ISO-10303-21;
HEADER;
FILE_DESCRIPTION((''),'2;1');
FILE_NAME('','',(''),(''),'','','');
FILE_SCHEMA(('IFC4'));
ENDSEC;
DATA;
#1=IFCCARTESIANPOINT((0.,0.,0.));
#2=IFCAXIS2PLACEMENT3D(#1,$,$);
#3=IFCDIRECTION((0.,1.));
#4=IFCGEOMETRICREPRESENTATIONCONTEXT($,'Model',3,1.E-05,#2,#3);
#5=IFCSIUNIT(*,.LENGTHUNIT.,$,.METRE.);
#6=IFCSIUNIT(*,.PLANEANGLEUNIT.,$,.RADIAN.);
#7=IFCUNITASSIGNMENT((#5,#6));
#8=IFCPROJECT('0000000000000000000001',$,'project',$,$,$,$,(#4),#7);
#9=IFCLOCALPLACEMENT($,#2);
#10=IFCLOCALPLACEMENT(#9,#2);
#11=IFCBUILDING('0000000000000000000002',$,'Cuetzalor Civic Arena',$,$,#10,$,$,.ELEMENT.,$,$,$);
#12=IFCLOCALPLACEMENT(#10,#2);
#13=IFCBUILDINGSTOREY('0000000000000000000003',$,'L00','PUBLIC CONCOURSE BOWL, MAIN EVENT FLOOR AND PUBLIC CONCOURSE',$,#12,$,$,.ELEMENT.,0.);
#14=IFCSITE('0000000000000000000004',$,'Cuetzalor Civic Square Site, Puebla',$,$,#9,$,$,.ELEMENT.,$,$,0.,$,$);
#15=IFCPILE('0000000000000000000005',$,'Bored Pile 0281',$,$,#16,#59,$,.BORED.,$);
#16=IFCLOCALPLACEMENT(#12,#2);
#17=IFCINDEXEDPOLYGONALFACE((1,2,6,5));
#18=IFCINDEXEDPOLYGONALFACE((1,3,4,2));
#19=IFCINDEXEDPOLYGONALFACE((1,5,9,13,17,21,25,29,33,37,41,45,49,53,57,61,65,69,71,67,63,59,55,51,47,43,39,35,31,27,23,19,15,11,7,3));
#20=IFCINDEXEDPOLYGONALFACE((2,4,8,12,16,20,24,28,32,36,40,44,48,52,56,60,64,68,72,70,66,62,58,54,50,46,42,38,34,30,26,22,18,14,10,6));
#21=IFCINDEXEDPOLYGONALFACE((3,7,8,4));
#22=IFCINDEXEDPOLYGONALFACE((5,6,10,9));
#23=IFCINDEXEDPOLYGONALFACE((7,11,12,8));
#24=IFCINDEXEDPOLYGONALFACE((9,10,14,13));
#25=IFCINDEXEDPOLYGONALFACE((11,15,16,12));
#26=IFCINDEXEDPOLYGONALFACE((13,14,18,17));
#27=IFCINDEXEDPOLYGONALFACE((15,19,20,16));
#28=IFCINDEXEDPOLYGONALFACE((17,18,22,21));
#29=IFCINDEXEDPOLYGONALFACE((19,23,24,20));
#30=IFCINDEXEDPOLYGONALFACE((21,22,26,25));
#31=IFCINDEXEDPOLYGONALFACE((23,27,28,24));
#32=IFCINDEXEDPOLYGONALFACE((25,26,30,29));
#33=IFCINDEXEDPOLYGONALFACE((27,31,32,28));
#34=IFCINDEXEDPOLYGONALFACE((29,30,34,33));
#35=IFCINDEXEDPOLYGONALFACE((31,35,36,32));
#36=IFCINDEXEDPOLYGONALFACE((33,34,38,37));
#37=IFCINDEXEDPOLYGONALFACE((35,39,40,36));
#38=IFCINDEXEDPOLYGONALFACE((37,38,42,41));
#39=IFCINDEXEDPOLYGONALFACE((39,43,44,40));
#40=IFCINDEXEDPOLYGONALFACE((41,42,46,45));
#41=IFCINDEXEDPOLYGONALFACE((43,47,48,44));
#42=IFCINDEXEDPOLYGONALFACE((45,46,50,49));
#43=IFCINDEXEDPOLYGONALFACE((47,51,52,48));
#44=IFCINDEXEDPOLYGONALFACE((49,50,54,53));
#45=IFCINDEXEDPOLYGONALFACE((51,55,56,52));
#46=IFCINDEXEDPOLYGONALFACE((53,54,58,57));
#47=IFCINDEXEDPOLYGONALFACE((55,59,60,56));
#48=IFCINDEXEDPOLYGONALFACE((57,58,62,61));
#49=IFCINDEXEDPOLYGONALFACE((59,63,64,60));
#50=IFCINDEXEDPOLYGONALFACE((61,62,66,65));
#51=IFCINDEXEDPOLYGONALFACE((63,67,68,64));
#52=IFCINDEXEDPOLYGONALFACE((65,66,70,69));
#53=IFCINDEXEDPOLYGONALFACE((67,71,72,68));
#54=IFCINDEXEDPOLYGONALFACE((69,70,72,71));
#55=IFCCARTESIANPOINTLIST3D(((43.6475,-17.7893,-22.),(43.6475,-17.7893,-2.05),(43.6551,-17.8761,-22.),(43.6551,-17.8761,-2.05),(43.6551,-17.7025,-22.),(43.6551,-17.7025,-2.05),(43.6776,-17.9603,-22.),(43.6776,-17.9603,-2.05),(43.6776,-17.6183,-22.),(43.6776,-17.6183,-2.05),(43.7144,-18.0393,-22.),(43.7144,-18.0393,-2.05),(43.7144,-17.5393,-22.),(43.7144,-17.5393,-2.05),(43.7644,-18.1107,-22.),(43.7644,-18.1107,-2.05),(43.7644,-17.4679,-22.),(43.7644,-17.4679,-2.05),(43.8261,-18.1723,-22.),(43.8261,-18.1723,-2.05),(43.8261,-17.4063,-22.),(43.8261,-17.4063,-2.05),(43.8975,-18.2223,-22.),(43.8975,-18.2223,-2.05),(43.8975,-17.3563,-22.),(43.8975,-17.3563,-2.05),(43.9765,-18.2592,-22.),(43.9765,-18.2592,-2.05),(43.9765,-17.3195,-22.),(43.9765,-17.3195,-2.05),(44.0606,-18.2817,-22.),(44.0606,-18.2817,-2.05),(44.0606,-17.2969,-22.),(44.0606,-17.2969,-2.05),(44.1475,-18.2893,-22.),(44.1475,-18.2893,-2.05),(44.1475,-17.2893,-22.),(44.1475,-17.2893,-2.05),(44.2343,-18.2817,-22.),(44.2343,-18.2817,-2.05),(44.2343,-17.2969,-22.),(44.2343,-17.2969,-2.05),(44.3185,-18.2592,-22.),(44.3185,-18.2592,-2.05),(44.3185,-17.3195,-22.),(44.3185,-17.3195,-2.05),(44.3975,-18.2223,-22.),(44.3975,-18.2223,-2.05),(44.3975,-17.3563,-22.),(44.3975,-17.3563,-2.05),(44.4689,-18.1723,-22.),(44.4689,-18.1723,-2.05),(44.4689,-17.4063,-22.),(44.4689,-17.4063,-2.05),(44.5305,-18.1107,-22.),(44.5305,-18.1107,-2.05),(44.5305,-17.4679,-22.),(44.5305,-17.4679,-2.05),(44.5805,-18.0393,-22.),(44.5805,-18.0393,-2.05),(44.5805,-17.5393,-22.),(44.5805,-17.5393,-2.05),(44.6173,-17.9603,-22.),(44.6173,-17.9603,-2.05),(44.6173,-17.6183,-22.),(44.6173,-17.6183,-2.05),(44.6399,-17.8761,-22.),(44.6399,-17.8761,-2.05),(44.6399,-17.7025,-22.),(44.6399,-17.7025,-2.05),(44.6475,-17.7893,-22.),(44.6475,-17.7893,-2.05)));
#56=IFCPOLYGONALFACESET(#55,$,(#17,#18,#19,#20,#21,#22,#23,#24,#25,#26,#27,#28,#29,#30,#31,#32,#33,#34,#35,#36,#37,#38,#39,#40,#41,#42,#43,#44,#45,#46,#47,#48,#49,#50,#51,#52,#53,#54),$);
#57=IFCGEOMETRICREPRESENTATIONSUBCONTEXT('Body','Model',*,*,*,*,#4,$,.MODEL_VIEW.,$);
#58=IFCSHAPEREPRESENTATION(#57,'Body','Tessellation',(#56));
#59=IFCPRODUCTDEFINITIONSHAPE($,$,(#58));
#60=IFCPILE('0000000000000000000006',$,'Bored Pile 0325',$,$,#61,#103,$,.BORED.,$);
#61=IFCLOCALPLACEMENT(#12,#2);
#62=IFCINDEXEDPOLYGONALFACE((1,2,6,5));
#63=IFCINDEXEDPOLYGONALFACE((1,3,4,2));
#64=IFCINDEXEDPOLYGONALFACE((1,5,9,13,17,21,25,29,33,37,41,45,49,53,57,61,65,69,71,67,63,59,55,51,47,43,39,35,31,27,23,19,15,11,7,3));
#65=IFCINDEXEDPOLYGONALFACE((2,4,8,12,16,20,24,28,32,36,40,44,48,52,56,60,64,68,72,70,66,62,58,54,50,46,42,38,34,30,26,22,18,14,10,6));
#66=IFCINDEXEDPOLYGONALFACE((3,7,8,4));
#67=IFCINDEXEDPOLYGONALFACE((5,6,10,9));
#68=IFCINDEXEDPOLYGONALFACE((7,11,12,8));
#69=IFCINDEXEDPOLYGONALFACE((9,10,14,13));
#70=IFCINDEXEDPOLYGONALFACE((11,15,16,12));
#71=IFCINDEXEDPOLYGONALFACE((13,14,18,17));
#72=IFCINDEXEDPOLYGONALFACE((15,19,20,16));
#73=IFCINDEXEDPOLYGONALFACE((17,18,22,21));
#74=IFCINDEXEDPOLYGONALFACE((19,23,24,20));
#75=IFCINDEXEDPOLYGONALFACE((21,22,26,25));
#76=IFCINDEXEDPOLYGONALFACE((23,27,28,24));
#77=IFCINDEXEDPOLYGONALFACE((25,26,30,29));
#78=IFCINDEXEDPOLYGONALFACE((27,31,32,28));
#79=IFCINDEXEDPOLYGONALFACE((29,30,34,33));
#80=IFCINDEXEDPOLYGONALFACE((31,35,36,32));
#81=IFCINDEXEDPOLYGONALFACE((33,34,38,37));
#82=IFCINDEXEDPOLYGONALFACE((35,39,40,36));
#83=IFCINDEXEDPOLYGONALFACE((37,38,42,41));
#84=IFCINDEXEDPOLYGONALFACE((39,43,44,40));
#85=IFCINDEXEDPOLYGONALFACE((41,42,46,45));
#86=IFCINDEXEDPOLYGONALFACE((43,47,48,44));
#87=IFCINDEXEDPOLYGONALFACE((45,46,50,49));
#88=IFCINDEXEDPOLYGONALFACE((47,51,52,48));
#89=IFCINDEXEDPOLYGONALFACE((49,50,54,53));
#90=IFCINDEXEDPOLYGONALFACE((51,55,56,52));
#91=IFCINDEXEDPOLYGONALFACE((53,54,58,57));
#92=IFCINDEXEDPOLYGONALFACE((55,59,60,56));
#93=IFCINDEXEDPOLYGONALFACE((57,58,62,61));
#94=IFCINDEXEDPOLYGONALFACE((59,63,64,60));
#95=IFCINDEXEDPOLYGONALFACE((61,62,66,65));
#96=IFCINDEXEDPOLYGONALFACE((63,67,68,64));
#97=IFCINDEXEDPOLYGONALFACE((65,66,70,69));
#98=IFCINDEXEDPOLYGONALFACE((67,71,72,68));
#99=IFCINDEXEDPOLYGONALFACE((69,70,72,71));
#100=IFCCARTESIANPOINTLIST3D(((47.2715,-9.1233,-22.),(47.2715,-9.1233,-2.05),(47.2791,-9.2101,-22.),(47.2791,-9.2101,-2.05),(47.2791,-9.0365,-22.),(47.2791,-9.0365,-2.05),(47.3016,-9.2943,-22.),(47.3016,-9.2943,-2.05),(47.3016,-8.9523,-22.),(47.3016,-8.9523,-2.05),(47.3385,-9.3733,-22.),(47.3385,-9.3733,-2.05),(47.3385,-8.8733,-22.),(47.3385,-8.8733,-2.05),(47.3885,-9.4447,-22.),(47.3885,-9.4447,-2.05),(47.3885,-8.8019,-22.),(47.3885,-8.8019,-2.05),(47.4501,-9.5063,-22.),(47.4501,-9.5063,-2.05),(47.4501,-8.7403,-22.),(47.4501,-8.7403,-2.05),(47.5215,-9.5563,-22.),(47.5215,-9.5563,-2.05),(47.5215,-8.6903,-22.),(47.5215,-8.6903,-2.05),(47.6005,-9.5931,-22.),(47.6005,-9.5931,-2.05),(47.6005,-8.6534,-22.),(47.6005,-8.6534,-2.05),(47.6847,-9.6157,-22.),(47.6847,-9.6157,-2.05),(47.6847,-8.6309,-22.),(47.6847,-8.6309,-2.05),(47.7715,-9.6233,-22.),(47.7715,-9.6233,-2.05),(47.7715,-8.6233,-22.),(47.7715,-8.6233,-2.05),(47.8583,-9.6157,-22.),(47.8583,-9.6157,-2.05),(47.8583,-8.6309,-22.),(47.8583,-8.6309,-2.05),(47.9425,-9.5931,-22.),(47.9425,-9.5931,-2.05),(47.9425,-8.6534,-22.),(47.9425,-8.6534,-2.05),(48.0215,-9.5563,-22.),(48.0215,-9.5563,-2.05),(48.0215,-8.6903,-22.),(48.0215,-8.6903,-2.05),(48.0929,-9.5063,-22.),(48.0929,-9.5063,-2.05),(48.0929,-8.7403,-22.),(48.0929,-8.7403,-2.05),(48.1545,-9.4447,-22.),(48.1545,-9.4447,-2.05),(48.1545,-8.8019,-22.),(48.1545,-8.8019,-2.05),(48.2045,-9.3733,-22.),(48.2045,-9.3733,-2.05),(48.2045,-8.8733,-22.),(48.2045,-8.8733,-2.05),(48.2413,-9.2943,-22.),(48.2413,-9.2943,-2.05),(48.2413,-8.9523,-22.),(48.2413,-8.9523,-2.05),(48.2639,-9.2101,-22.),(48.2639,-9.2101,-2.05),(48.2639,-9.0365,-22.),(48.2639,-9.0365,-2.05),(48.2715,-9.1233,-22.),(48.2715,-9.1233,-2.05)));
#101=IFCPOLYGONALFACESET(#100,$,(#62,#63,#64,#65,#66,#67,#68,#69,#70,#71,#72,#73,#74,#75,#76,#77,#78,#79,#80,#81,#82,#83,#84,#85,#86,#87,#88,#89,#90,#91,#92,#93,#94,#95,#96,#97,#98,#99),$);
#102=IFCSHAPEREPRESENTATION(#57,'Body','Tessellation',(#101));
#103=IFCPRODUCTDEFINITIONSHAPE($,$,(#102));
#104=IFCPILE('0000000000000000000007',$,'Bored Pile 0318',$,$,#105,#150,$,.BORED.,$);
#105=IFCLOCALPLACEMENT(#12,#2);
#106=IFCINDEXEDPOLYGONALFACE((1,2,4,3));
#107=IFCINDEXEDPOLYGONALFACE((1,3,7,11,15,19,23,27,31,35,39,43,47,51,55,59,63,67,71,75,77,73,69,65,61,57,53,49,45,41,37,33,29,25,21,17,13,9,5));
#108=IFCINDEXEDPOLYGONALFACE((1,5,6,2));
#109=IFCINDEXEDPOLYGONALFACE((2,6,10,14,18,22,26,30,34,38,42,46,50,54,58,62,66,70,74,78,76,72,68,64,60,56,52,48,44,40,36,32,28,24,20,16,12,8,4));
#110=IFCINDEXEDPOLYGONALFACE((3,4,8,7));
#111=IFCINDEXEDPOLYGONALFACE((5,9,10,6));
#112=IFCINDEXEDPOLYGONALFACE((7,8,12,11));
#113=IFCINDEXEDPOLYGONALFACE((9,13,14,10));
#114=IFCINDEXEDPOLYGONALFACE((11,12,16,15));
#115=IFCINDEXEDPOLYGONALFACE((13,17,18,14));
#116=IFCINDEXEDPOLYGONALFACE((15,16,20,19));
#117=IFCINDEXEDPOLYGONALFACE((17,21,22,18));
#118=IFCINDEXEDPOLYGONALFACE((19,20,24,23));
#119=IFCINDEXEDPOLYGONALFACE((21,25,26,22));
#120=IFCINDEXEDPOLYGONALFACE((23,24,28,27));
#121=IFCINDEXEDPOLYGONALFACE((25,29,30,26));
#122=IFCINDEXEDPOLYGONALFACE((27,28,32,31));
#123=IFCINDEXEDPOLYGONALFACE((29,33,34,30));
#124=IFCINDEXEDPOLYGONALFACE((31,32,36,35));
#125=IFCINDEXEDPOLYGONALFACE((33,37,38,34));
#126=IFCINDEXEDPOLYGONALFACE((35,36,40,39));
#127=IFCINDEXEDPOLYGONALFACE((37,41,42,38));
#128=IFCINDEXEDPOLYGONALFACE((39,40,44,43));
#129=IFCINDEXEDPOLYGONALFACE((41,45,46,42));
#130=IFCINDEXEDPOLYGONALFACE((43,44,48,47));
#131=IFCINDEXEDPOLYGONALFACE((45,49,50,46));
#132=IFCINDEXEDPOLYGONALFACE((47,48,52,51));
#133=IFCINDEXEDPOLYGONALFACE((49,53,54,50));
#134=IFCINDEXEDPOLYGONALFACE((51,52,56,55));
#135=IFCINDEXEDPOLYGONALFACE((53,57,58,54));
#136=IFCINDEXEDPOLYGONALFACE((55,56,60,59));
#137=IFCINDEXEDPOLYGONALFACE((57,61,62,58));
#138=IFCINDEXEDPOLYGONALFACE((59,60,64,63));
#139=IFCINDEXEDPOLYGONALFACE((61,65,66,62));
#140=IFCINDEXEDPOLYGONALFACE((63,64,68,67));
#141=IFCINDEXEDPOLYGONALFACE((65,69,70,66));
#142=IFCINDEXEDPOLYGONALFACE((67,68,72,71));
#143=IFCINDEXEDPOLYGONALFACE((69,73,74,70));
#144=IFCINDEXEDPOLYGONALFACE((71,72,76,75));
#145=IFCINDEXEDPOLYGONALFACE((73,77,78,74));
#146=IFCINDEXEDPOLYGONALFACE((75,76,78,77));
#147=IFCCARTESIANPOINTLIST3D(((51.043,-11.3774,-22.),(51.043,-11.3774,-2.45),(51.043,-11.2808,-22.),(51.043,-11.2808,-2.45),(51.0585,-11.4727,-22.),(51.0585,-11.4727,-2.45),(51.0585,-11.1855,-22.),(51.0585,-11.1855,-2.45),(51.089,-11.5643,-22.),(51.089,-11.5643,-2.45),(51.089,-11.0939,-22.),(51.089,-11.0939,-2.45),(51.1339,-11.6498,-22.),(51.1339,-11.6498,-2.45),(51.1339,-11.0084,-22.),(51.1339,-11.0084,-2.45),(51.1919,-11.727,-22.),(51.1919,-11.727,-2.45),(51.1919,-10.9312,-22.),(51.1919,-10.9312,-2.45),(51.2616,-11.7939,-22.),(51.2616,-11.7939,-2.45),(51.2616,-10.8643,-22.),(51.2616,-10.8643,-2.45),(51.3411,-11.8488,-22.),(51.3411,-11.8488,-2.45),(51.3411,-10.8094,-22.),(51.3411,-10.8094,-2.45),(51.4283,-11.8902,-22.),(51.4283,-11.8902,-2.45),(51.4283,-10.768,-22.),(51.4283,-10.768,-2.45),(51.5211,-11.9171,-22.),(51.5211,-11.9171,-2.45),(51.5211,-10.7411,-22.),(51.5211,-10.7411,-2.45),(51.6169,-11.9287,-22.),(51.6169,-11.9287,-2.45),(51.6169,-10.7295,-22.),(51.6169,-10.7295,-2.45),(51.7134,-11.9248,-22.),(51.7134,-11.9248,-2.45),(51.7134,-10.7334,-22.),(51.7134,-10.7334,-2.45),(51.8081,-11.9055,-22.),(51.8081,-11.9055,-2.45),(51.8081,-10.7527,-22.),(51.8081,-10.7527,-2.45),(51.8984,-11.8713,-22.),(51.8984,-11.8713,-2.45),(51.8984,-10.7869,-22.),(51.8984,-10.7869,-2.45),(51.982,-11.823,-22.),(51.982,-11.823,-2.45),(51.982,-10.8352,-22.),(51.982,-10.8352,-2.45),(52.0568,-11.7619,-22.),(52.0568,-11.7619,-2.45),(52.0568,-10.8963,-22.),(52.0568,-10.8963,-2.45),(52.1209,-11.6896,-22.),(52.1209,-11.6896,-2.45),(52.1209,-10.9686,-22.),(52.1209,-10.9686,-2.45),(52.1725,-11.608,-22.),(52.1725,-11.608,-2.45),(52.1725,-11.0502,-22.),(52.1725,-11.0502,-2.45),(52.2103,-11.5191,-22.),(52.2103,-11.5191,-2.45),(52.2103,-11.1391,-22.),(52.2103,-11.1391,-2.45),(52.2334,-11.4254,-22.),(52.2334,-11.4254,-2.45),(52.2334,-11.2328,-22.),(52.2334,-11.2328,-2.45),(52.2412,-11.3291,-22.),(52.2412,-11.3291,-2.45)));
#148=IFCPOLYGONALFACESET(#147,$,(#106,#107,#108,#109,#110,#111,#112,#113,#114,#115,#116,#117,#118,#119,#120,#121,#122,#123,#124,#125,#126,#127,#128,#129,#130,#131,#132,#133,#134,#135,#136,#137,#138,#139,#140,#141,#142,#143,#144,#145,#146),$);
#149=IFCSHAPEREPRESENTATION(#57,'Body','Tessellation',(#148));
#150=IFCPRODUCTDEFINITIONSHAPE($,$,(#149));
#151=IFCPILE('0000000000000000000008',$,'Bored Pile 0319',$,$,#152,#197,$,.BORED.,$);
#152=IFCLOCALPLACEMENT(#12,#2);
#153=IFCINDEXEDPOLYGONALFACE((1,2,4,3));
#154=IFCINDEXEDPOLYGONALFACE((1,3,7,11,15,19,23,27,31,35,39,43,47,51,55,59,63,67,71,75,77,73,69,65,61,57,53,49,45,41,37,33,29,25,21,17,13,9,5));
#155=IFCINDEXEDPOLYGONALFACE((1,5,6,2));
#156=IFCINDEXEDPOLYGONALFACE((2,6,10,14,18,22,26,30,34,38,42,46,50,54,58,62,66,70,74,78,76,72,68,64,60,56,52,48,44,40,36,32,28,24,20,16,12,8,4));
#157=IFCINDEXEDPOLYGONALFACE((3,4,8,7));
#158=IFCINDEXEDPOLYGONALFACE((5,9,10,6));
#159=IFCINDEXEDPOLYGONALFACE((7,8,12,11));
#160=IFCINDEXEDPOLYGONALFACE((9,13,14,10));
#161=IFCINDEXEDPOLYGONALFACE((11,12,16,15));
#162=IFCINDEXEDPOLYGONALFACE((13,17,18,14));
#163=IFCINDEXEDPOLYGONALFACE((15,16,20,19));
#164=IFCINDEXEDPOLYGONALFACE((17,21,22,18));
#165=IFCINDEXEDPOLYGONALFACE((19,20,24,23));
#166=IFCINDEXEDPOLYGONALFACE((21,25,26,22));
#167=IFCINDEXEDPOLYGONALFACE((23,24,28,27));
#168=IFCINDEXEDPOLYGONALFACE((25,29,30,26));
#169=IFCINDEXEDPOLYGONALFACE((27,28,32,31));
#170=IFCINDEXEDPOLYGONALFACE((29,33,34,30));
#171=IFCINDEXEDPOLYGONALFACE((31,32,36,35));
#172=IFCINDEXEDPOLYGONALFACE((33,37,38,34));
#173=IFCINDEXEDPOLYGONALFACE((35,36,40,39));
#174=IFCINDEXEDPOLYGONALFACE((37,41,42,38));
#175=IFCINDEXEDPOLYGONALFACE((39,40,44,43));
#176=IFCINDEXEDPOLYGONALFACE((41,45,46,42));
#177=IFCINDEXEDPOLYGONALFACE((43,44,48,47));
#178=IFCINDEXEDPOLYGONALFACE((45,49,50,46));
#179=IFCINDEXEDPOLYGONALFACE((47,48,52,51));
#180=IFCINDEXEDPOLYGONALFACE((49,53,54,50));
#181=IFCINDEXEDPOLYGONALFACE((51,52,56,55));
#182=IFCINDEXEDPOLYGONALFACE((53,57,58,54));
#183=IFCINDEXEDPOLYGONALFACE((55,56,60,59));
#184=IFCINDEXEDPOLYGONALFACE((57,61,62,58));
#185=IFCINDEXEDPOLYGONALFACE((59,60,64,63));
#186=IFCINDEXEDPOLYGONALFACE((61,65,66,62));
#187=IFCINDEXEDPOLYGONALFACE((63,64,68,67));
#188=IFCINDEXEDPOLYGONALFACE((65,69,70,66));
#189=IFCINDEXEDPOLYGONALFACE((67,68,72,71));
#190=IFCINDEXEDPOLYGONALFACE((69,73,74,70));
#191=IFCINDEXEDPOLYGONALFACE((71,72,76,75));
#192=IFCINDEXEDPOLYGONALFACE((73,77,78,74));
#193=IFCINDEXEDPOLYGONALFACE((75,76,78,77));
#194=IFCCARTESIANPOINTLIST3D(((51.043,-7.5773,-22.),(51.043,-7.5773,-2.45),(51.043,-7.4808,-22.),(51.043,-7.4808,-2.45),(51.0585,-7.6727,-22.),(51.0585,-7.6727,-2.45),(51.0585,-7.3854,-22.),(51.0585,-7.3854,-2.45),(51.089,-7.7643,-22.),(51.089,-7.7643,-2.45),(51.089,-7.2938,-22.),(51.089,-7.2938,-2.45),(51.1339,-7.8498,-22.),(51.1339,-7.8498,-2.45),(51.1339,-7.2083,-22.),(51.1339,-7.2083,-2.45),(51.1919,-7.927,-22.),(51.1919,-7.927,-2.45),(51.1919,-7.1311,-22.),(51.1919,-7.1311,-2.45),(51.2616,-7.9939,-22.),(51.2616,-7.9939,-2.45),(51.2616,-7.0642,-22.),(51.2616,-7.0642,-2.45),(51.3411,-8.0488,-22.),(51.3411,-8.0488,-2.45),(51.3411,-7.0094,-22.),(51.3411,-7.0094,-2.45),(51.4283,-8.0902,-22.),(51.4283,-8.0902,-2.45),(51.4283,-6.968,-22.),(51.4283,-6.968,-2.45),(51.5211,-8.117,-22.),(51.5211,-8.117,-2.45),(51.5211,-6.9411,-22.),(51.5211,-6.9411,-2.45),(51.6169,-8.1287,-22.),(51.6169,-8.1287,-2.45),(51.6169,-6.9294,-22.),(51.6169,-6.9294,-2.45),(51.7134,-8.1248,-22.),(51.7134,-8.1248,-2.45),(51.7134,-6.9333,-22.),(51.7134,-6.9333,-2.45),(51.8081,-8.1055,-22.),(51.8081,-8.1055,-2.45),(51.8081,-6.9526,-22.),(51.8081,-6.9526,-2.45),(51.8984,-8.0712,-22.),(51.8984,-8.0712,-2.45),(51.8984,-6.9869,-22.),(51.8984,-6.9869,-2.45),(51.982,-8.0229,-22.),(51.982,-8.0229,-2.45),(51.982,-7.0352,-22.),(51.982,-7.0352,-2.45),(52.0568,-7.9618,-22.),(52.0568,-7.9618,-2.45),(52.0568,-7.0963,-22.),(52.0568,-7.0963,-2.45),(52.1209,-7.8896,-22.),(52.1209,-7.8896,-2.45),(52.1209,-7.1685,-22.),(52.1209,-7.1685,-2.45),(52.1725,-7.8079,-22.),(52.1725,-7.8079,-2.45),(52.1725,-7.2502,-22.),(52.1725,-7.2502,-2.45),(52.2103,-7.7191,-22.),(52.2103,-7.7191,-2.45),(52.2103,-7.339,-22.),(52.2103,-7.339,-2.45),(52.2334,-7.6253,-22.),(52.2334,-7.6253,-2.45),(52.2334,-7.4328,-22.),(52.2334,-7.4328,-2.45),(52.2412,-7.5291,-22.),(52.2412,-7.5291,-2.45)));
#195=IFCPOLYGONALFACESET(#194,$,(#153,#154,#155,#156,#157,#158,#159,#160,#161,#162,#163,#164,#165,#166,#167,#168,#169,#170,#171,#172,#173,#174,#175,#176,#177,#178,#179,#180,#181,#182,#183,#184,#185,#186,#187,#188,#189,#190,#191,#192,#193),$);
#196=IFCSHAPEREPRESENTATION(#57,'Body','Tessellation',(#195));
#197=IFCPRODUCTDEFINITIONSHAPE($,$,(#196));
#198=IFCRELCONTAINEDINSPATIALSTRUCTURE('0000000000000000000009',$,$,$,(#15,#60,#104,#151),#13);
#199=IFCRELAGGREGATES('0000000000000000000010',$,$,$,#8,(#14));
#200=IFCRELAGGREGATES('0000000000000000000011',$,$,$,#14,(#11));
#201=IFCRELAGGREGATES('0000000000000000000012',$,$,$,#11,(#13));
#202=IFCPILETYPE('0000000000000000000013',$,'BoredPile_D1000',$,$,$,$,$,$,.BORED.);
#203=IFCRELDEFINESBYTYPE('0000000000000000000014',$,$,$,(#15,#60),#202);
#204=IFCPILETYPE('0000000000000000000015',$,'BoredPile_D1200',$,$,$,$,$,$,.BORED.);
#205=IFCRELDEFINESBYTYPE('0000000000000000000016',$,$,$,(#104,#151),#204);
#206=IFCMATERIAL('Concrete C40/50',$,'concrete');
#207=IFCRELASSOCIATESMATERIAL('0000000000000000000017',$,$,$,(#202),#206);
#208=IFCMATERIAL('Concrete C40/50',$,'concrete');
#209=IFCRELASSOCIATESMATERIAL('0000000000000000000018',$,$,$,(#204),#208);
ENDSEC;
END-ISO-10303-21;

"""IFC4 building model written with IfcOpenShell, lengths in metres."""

from ifc_helpers import new_model, si_unit, direction, frame, origin, origin_2d, place, context, subcontext, project, spatial, circle, extrude, material, material_profile, profile_set, type_object, element, save


model = new_model("IFC4")

# Units and contexts
model_context = context("Model", 3, precision=1e-05, world=origin(), true_north=direction((0.0, 1.0)))
body_context = subcontext(model_context, "Body", "Model", "MODEL_VIEW")
ifc_project = project(units=[si_unit("LENGTHUNIT", "METRE"), si_unit("PLANEANGLEUNIT", "RADIAN")], contexts=[model_context])

# Site, building, storey
site_placement = place(None, origin())
site = spatial("IfcSite", under=ifc_project, at=site_placement, Name="Cuetzalor Civic Square Site, Puebla", CompositionType="ELEMENT", RefElevation=0.0)
building_placement = place(site_placement, origin())
building = spatial("IfcBuilding", under=site, at=building_placement, Name="Cuetzalor Civic Arena", CompositionType="ELEMENT")
storey_placement = place(building_placement, origin())
storey = spatial("IfcBuildingStorey", under=building, at=storey_placement, Name="L00", Description="PUBLIC CONCOURSE BOWL, MAIN EVENT FLOOR AND PUBLIC CONCOURSE", CompositionType="ELEMENT", Elevation=0.0)

# Piles
ifc_material_1 = material(Name="Concrete C40/50", Category="concrete")
ifc_material_profile_1 = material_profile(ifc_material_1, circle(Radius=0.5, at=origin_2d()), Name="BORED PILE D1000")
ifc_profile_set_1 = profile_set([ifc_material_profile_1], Name="Concrete C40/50")
pile_type_1 = type_object("IfcPileType", Name="BoredPile_D1000", PredefinedType="BORED", material=ifc_profile_set_1)
for number, where, z_axis, x_axis, name in (
    (1, (44.1475, -17.7893, -2.05), (0.0, 0.0, -1.0), (1.0, 0.0, 0.0), "Bored Pile 0281"),
    (2, (47.7715, -9.1233, -2.05), (0.0, 0.0, -1.0), (1.0, 0.0, 0.0), "Bored Pile 0325"),
):
    element("IfcPile", number, at=place(storey_placement, frame(where, z_axis=z_axis, x_axis=x_axis)), inside=storey, type_object=pile_type_1, Name=name, PredefinedType="BORED", context=body_context, shape_type="SweptSolid", body=[
        extrude(circle(Radius=0.5, at=origin_2d()), origin(), (0.0, 0.0, 1.0), 19.95),
    ])
ifc_material_2 = material(Name="Concrete C40/50", Category="concrete")
ifc_material_profile_2 = material_profile(ifc_material_2, circle(Radius=0.6001, at=origin_2d()), Name="BORED PILE D1200")
ifc_profile_set_2 = profile_set([ifc_material_profile_2], Name="Concrete C40/50")
pile_type_2 = type_object("IfcPileType", Name="BoredPile_D1200", PredefinedType="BORED", material=ifc_profile_set_2)
for number, where, z_axis, x_axis, name in (
    (3, (51.6411, -11.3291, -2.45), (0.0, 0.0, -1.0), (1.0, 0.0, 0.0), "Bored Pile 0318"),
    (4, (51.6411, -7.5291, -2.45), (0.0, 0.0, -1.0), (1.0, 0.0, 0.0), "Bored Pile 0319"),
):
    element("IfcPile", number, at=place(storey_placement, frame(where, z_axis=z_axis, x_axis=x_axis)), inside=storey, type_object=pile_type_2, Name=name, PredefinedType="BORED", context=body_context, shape_type="SweptSolid", body=[
        extrude(circle(Radius=0.6001, at=origin_2d()), origin(), (0.0, 0.0, 1.0), 19.55),
    ])

save(model, "model.ifc")
